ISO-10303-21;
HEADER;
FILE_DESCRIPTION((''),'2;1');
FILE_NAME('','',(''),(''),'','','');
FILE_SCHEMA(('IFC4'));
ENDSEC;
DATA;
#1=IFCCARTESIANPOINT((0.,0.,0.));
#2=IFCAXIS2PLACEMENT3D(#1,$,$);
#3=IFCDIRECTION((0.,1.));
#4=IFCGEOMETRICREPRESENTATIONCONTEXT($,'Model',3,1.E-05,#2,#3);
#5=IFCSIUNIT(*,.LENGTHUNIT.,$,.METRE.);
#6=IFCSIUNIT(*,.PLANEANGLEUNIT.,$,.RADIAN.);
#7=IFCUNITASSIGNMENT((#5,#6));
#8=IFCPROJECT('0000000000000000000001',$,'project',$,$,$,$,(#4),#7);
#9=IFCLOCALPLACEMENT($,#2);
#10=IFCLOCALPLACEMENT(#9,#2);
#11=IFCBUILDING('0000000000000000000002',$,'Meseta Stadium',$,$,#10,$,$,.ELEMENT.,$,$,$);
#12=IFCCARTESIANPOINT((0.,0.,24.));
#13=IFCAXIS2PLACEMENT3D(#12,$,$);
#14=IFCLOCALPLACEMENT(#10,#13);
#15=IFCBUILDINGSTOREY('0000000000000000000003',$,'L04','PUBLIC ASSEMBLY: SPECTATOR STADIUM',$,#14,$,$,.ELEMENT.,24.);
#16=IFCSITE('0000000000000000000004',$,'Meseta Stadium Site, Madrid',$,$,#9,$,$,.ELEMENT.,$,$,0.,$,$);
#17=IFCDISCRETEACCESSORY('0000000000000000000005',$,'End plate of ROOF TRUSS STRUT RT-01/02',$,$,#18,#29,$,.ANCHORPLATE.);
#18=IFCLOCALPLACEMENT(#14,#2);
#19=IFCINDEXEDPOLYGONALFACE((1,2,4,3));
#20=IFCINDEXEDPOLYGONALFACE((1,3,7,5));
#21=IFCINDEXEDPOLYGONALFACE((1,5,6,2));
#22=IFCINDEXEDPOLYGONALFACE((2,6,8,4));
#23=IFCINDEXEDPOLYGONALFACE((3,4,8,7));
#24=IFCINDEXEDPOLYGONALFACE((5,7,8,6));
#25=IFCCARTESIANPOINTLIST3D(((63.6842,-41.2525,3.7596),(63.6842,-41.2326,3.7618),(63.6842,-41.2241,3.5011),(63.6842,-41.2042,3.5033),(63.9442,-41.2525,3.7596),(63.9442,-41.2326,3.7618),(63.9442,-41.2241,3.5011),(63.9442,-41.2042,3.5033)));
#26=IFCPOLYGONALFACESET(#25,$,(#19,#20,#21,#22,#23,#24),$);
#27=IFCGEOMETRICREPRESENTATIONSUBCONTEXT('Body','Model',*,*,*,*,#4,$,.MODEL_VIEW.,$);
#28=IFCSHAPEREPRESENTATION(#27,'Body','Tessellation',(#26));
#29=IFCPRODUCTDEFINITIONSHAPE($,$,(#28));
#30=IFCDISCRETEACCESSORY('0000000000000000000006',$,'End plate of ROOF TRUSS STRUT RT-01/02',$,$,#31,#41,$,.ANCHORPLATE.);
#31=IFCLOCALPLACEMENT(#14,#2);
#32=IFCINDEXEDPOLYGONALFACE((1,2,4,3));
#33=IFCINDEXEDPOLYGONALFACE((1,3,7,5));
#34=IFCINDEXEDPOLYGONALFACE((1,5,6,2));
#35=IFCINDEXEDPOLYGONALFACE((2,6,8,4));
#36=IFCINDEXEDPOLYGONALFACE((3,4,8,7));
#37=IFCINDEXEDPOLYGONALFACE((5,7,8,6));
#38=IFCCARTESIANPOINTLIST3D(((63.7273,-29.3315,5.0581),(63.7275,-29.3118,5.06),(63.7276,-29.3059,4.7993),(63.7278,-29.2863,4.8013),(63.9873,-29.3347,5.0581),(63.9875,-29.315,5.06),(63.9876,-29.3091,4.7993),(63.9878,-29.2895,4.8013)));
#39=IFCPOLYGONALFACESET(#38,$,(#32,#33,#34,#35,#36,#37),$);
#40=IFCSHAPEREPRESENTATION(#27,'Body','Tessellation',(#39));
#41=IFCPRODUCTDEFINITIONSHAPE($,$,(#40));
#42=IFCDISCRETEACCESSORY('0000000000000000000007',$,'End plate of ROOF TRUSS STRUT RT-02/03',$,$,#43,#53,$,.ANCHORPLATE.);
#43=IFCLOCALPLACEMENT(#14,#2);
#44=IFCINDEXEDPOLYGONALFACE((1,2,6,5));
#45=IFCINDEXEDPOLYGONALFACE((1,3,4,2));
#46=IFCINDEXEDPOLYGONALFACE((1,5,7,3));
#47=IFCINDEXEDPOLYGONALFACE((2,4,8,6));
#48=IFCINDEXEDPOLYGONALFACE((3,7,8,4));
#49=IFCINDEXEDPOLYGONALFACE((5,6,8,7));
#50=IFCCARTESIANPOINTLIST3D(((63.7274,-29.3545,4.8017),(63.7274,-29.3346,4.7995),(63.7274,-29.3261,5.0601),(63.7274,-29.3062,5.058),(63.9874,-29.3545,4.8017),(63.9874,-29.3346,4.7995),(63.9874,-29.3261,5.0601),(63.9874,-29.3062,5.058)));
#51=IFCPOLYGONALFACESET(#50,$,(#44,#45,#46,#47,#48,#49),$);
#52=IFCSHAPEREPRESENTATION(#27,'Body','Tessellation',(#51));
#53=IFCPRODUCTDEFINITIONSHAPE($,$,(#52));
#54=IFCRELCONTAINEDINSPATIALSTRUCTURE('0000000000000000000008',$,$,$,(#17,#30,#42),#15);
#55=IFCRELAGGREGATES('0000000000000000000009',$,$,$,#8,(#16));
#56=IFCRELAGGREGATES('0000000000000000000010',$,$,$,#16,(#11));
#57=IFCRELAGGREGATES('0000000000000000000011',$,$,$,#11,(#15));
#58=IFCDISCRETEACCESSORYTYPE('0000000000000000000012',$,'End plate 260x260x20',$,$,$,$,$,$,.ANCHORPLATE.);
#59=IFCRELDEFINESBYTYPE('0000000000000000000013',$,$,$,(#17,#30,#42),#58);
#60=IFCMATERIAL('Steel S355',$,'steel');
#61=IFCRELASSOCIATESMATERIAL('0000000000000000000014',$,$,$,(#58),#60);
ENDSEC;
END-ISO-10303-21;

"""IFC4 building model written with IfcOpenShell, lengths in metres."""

from ifc_helpers import new_model, si_unit, direction, frame, origin, origin_2d, place, context, subcontext, project, spatial, rectangle, extrude, material, material_profile, profile_set, type_object, element, save


model = new_model("IFC4")

# Units and contexts
model_context = context("Model", 3, precision=1e-05, world=origin(), true_north=direction((0.0, 1.0)))
body_context = subcontext(model_context, "Body", "Model", "MODEL_VIEW")
ifc_project = project(units=[si_unit("LENGTHUNIT", "METRE"), si_unit("PLANEANGLEUNIT", "RADIAN")], contexts=[model_context])

# Site, building, storey
site_placement = place(None, origin())
site = spatial("IfcSite", under=ifc_project, at=site_placement, Name="Meseta Stadium Site, Madrid", CompositionType="ELEMENT", RefElevation=0.0)
building_placement = place(site_placement, origin())
building = spatial("IfcBuilding", under=site, at=building_placement, Name="Meseta Stadium", CompositionType="ELEMENT")
storey_placement = place(building_placement, frame((0.0, 0.0, 24.0)))
storey = spatial("IfcBuildingStorey", under=building, at=storey_placement, Name="L04", Description="PUBLIC ASSEMBLY: SPECTATOR STADIUM", CompositionType="ELEMENT", Elevation=24.0)

# Discrete accessories
ifc_material_1 = material(Name="Steel S355", Category="steel")
ifc_material_profile_1 = material_profile(ifc_material_1, rectangle(XDim=0.26, YDim=0.26, at=origin_2d()), Name="PL 260x260")
ifc_profile_set_1 = profile_set([ifc_material_profile_1], Name="Steel S355")
discrete_accessory_type_1 = type_object("IfcDiscreteAccessoryType", Name="End plate 260x260x20", PredefinedType="ANCHORPLATE", material=ifc_profile_set_1)
discrete_accessory_1_placement = place(storey_placement, frame((63.8142, -41.2383, 3.6304), z_axis=(0.0, 0.994031, 0.109101), x_axis=(-1.0, 0.0, 0.0)))
element("IfcDiscreteAccessory", 1, at=discrete_accessory_1_placement, inside=storey, type_object=discrete_accessory_type_1, Name="End plate of ROOF TRUSS STRUT RT-01/02", PredefinedType="ANCHORPLATE", context=body_context, shape_type="SweptSolid", body=[
    extrude(rectangle(XDim=0.26, YDim=0.26, at=origin_2d()), origin(), (0.0, 0.0, 1.0), 0.02),
])
discrete_accessory_2_placement = place(storey_placement, frame((63.8574, -29.3203, 4.9287), z_axis=(0.012285, 0.995083, 0.09828), x_axis=(-0.999924, 0.012345, 0.0)))
element("IfcDiscreteAccessory", 2, at=discrete_accessory_2_placement, inside=storey, type_object=discrete_accessory_type_1, Name="End plate of ROOF TRUSS STRUT RT-01/02", PredefinedType="ANCHORPLATE", context=body_context, shape_type="SweptSolid", body=[
    extrude(rectangle(XDim=0.26, YDim=0.26, at=origin_2d()), origin(), (0.0, 0.0, 1.0), 0.0198),
])
discrete_accessory_3_placement = place(storey_placement, frame((63.8574, -29.3403, 4.9309), z_axis=(0.0, 0.994031, -0.109101), x_axis=(-1.0, 0.0, 0.0)))
element("IfcDiscreteAccessory", 3, at=discrete_accessory_3_placement, inside=storey, type_object=discrete_accessory_type_1, Name="End plate of ROOF TRUSS STRUT RT-02/03", PredefinedType="ANCHORPLATE", context=body_context, shape_type="SweptSolid", body=[
    extrude(rectangle(XDim=0.26, YDim=0.26, at=origin_2d()), origin(), (0.0, 0.0, 1.0), 0.02),
])

save(model, "model.ifc")
